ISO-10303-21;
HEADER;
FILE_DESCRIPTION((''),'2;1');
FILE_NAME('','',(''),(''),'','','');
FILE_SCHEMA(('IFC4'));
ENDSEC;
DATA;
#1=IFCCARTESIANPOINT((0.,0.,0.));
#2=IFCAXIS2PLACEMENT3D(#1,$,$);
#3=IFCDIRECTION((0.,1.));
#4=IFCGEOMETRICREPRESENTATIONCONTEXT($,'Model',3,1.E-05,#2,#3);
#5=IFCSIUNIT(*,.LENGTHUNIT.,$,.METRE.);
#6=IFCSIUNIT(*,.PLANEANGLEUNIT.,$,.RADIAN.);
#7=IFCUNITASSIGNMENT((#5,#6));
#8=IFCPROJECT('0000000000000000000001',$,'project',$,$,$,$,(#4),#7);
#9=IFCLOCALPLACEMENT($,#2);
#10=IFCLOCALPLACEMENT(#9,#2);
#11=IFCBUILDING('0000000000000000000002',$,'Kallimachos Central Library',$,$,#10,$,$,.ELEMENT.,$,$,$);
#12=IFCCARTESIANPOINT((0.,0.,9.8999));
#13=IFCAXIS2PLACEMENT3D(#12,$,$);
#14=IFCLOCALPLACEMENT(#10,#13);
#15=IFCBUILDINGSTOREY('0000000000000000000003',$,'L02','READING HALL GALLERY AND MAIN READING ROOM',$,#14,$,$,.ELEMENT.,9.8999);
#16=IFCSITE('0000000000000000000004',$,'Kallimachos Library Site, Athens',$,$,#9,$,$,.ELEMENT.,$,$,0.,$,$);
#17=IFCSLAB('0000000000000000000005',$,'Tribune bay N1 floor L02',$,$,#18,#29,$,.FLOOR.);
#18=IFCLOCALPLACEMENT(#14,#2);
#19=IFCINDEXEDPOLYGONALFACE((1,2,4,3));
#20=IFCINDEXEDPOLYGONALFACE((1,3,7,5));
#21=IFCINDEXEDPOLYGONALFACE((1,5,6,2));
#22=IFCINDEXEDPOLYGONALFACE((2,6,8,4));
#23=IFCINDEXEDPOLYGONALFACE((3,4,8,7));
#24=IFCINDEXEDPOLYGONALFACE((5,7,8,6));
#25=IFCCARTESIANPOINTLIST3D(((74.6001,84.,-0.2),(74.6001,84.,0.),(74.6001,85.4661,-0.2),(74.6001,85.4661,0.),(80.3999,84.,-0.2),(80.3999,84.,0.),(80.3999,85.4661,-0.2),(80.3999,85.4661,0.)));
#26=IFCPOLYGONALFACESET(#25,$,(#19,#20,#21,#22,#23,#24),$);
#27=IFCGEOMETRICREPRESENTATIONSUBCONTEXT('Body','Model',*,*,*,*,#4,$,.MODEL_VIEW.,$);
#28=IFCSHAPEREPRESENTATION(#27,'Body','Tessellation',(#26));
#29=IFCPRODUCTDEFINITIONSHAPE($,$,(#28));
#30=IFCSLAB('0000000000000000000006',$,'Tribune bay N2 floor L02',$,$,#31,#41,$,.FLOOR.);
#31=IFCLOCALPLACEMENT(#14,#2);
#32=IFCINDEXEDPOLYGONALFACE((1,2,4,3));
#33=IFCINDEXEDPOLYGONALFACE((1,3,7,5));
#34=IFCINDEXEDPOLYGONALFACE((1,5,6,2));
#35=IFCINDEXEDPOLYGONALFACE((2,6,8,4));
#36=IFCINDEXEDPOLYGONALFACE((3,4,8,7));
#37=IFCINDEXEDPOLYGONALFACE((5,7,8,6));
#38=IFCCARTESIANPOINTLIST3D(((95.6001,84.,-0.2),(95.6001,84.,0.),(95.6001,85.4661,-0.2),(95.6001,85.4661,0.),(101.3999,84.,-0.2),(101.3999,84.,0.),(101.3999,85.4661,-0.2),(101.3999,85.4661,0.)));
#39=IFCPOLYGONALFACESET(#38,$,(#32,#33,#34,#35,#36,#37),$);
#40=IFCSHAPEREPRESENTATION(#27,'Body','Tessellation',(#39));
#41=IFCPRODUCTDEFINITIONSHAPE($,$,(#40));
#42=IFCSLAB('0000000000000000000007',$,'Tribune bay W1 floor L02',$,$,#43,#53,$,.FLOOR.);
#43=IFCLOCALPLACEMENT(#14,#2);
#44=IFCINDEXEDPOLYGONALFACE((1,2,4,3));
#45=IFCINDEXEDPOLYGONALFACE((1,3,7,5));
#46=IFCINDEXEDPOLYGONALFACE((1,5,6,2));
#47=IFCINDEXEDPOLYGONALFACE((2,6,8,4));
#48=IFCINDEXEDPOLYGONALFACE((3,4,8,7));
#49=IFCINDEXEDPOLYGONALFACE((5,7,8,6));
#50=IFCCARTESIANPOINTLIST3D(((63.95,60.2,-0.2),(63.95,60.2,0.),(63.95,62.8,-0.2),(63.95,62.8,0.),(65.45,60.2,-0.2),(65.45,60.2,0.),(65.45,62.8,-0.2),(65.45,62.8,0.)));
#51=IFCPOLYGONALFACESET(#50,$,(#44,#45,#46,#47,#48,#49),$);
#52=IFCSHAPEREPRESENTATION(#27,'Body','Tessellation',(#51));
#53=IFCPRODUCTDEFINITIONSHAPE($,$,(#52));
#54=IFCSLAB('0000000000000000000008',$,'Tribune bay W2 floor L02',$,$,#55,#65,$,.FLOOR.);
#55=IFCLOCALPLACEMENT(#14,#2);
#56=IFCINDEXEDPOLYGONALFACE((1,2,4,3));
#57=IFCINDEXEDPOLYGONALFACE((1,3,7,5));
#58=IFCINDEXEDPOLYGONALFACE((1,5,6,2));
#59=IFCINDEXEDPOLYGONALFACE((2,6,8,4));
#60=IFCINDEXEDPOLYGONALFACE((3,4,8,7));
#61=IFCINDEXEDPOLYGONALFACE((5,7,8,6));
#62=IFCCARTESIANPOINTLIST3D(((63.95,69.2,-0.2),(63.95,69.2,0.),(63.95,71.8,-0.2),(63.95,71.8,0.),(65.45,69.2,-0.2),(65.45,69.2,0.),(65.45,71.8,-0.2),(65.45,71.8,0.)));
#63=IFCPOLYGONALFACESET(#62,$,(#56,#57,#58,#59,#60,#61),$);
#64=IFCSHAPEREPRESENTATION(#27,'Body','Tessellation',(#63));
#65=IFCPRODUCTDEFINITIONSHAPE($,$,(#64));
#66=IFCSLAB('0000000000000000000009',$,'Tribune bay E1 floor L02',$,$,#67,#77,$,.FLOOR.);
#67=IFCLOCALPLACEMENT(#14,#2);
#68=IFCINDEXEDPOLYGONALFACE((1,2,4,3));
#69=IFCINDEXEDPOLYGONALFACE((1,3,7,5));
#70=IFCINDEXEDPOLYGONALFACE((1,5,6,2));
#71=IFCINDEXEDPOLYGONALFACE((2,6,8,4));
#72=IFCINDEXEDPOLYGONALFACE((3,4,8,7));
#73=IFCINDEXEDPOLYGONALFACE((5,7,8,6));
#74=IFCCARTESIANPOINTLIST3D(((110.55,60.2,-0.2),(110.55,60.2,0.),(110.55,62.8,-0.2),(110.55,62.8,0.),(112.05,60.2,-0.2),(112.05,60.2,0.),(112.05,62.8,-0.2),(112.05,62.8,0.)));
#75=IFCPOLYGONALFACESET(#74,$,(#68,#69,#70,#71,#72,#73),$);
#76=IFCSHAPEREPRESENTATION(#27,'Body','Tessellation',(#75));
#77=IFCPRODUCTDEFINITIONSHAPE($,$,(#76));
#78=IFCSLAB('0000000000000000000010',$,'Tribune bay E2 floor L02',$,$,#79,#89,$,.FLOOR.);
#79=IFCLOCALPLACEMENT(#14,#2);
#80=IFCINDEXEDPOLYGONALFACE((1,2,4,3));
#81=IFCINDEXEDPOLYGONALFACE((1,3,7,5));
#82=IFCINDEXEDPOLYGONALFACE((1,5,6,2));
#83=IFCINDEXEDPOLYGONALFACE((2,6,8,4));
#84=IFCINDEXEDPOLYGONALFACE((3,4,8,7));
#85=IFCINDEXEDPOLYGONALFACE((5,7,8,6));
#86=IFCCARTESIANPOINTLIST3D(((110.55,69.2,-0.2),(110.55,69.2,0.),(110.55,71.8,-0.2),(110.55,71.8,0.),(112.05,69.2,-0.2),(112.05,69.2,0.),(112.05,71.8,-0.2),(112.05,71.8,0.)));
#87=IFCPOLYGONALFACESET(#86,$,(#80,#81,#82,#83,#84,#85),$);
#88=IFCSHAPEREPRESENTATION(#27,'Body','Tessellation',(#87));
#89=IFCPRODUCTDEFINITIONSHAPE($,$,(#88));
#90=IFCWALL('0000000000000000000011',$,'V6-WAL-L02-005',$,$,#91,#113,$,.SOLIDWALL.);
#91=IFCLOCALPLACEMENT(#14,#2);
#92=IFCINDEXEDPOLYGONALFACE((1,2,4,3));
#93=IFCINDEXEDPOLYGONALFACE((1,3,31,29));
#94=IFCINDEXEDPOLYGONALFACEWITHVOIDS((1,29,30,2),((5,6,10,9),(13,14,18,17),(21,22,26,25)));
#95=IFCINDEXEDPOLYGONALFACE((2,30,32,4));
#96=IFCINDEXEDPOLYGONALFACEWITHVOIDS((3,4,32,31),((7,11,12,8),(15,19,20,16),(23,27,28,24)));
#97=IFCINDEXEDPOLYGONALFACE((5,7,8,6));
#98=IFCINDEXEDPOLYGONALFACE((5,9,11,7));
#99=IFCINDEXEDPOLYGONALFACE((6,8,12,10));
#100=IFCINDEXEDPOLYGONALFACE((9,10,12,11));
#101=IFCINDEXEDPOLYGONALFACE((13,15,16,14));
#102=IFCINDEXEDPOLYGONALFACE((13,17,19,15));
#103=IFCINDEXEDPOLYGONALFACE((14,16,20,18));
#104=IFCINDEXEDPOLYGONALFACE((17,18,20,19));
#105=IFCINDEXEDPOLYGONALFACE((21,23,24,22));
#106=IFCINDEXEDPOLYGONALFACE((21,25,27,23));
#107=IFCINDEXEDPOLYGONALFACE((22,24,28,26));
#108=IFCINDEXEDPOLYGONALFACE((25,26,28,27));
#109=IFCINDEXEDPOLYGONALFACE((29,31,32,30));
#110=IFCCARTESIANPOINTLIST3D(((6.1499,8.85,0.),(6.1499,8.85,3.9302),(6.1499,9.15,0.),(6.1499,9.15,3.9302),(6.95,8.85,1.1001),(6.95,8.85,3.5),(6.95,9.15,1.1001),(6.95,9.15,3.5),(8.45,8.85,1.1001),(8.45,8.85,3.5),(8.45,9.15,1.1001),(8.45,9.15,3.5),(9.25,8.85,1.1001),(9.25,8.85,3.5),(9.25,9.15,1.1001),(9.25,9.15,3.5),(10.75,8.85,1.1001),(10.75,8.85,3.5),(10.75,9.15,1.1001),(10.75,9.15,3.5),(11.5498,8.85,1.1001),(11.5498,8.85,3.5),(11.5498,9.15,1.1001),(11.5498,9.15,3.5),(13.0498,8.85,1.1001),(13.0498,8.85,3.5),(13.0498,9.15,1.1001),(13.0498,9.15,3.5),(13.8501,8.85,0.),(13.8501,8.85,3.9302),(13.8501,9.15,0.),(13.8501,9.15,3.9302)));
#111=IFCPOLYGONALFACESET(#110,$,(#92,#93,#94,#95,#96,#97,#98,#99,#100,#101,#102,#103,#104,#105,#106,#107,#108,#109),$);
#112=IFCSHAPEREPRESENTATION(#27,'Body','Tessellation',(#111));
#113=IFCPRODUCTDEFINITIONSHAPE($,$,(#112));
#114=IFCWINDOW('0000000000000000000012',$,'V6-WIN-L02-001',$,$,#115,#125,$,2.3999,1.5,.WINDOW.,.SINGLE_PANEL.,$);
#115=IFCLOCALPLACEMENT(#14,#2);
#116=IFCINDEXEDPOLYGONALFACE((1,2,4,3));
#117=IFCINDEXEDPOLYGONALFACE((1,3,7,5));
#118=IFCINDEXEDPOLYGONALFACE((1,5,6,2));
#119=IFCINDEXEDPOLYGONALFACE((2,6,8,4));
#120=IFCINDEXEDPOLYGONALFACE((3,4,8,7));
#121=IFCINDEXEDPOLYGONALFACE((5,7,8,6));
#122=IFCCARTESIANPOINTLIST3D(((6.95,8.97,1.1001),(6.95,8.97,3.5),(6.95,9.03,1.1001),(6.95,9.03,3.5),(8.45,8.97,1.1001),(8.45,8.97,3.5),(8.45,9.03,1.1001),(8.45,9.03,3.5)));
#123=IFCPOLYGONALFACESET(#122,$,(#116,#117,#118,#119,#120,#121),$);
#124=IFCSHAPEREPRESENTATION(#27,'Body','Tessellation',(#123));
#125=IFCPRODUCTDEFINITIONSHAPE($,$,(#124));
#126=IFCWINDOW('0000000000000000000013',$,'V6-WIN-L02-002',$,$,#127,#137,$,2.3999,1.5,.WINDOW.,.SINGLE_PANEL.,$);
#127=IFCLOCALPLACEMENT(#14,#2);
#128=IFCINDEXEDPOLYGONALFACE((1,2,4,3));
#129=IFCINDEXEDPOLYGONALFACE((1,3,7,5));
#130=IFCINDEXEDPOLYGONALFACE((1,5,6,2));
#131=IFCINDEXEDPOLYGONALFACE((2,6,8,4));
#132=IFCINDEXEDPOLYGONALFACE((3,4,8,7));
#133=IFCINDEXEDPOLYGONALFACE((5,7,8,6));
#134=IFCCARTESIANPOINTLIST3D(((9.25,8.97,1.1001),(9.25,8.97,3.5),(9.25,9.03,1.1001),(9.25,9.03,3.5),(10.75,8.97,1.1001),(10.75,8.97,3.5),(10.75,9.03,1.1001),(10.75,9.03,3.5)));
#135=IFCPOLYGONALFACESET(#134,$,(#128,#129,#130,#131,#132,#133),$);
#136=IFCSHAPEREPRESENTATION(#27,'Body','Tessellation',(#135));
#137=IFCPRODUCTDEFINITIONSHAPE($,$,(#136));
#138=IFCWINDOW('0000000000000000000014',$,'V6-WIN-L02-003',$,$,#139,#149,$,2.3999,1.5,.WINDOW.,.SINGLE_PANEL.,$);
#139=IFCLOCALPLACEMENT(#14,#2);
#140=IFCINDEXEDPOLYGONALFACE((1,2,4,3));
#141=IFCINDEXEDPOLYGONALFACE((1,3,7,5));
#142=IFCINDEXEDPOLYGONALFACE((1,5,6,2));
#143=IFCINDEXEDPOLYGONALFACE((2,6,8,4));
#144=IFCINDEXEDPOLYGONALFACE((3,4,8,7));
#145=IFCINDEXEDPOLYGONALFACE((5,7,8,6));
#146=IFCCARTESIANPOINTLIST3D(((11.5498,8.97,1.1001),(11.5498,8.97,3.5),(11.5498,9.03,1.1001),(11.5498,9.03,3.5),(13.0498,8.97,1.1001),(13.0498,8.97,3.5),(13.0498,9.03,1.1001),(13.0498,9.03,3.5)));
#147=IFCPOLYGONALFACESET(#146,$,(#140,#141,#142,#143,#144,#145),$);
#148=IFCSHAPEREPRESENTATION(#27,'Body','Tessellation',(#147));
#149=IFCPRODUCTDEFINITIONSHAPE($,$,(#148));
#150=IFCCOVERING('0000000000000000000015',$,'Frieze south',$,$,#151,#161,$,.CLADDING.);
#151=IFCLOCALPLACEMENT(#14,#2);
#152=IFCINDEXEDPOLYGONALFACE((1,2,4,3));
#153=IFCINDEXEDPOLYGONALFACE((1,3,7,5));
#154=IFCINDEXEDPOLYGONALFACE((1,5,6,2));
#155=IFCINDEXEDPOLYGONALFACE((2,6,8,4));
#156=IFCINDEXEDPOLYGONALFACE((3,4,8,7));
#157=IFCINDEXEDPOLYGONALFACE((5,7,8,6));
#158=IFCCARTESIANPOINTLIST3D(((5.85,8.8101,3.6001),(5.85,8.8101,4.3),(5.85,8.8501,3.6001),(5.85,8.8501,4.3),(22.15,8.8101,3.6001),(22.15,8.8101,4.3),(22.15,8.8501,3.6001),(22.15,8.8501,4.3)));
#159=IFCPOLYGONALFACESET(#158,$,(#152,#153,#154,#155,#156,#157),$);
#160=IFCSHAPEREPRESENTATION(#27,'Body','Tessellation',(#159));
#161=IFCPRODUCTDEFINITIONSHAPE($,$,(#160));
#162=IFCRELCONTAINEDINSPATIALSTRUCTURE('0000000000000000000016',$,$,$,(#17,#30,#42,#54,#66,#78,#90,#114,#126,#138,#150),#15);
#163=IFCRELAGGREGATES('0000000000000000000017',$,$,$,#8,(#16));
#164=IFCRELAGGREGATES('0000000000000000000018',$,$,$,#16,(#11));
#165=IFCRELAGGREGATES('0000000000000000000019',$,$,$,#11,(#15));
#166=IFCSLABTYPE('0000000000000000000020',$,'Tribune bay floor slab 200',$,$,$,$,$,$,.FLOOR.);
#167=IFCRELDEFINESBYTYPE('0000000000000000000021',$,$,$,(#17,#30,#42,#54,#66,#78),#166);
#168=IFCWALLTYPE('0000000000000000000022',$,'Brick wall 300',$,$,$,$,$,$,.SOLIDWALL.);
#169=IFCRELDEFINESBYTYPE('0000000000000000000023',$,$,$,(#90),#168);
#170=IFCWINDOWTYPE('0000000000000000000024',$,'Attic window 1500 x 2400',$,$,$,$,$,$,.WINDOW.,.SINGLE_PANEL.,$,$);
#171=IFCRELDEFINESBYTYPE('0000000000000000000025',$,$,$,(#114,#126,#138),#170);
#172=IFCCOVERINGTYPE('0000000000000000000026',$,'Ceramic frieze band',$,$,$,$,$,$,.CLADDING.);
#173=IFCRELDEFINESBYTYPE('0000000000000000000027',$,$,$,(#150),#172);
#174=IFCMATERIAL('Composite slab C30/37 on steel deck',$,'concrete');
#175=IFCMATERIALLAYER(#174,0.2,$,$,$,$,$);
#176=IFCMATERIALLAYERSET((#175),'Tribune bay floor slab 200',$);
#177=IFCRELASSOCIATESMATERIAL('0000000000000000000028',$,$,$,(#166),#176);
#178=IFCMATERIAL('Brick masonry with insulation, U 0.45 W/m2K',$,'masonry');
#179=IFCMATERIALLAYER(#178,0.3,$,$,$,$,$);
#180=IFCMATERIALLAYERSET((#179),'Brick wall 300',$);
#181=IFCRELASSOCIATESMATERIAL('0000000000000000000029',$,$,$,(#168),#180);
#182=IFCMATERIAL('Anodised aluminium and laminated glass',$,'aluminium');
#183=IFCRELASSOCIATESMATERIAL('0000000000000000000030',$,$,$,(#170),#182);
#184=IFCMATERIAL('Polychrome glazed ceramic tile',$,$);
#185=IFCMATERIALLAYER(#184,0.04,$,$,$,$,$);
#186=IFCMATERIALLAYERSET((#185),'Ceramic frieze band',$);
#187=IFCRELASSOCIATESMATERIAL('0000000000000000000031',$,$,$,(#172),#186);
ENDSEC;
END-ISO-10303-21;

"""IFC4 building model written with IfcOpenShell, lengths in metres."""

from ifc_helpers import new_model, si_unit, direction, frame, frame_2d, origin, origin_2d, place, context, subcontext, project, spatial, polyline, rectangle, outline, extrude, material, layer, layer_set, type_object, element, fill, save


model = new_model("IFC4")

# Units and contexts
model_context = context("Model", 3, precision=1e-05, world=origin(), true_north=direction((0.0, 1.0)))
body_context = subcontext(model_context, "Body", "Model", "MODEL_VIEW")
ifc_project = project(units=[si_unit("LENGTHUNIT", "METRE"), si_unit("PLANEANGLEUNIT", "RADIAN")], contexts=[model_context])

# Site, building, storey
site_placement = place(None, origin())
site = spatial("IfcSite", under=ifc_project, at=site_placement, Name="Kallimachos Library Site, Athens", CompositionType="ELEMENT", RefElevation=0.0)
building_placement = place(site_placement, origin())
building = spatial("IfcBuilding", under=site, at=building_placement, Name="Kallimachos Central Library", CompositionType="ELEMENT")
storey_placement = place(building_placement, frame((0.0, 0.0, 9.8999)))
storey = spatial("IfcBuildingStorey", under=building, at=storey_placement, Name="L02", Description="READING HALL GALLERY AND MAIN READING ROOM", CompositionType="ELEMENT", Elevation=9.8999)

# Slabs
ifc_material_1 = material(Name="Composite slab C30/37 on steel deck", Category="concrete")
ifc_layer_1 = layer(ifc_material_1, 0.2)
ifc_layer_set_1 = layer_set([ifc_layer_1], Name="Tribune bay floor slab 200")
slab_type_1 = type_object("IfcSlabType", Name="Tribune bay floor slab 200", PredefinedType="FLOOR", material=ifc_layer_set_1)
slab_1_placement = place(storey_placement, frame((0.0, 0.0, -0.2)))
element("IfcSlab", 1, at=slab_1_placement, inside=storey, type_object=slab_type_1, Name="Tribune bay N1 floor L02", PredefinedType="FLOOR", context=body_context, shape_type="SweptSolid", body=[
    extrude(outline(polyline([(74.6001, 85.4661), (80.3999, 85.4661), (80.3999, 84.0), (74.6001, 84.0), (74.6001, 85.4661)])), origin(), (0.0, 0.0, 1.0), 0.2),
])
slab_2_placement = place(storey_placement, frame((0.0, 0.0, -0.2)))
element("IfcSlab", 2, at=slab_2_placement, inside=storey, type_object=slab_type_1, Name="Tribune bay N2 floor L02", PredefinedType="FLOOR", context=body_context, shape_type="SweptSolid", body=[
    extrude(outline(polyline([(95.6001, 85.4661), (101.3999, 85.4661), (101.3999, 84.0), (95.6001, 84.0), (95.6001, 85.4661)])), origin(), (0.0, 0.0, 1.0), 0.2),
])
slab_3_placement = place(storey_placement, frame((0.0, 0.0, -0.2)))
element("IfcSlab", 3, at=slab_3_placement, inside=storey, type_object=slab_type_1, Name="Tribune bay W1 floor L02", PredefinedType="FLOOR", context=body_context, shape_type="SweptSolid", body=[
    extrude(outline(polyline([(65.45, 60.2), (65.45, 62.8), (63.95, 62.8), (63.95, 60.2), (65.45, 60.2)])), origin(), (0.0, 0.0, 1.0), 0.2),
])
slab_4_placement = place(storey_placement, frame((0.0, 0.0, -0.2)))
element("IfcSlab", 4, at=slab_4_placement, inside=storey, type_object=slab_type_1, Name="Tribune bay W2 floor L02", PredefinedType="FLOOR", context=body_context, shape_type="SweptSolid", body=[
    extrude(outline(polyline([(65.45, 69.2), (65.45, 71.8), (63.95, 71.8), (63.95, 69.2), (65.45, 69.2)])), origin(), (0.0, 0.0, 1.0), 0.2),
])
slab_5_placement = place(storey_placement, frame((0.0, 0.0, -0.2)))
element("IfcSlab", 5, at=slab_5_placement, inside=storey, type_object=slab_type_1, Name="Tribune bay E1 floor L02", PredefinedType="FLOOR", context=body_context, shape_type="SweptSolid", body=[
    extrude(outline(polyline([(110.55, 60.2), (110.55, 62.8), (112.05, 62.8), (112.05, 60.2), (110.55, 60.2)])), origin(), (0.0, 0.0, 1.0), 0.2),
])
slab_6_placement = place(storey_placement, frame((0.0, 0.0, -0.2)))
element("IfcSlab", 6, at=slab_6_placement, inside=storey, type_object=slab_type_1, Name="Tribune bay E2 floor L02", PredefinedType="FLOOR", context=body_context, shape_type="SweptSolid", body=[
    extrude(outline(polyline([(110.55, 69.2), (110.55, 71.8), (112.05, 71.8), (112.05, 69.2), (110.55, 69.2)])), origin(), (0.0, 0.0, 1.0), 0.2),
])

# Wall, openings, windows
ifc_material_2 = material(Name="Brick masonry with insulation, U 0.45 W/m2K", Category="masonry")
ifc_layer_2 = layer(ifc_material_2, 0.3)
ifc_layer_set_2 = layer_set([ifc_layer_2], Name="Brick wall 300")
wall_type = type_object("IfcWallType", Name="Brick wall 300", PredefinedType="SOLIDWALL", material=ifc_layer_set_2)
wall_placement = place(storey_placement, frame((6.1499, 9.0, 0.0), z_axis=(0.0, 0.0, 1.0), x_axis=(1.0, 0.0, 0.0)))
wall = element("IfcWall", 7, at=wall_placement, inside=storey, type_object=wall_type, Name="V6-WAL-L02-005", PredefinedType="SOLIDWALL", context=body_context, shape_type="SweptSolid", body=[
    extrude(rectangle(XDim=7.7002, YDim=0.3, at=frame_2d((3.8501, 0.0))), origin(), (0.0, 0.0, 1.0), 3.9302),
])
opening_1_placement = place(wall_placement, frame((0.8, 0.0, 1.1001)))
opening_1 = element("IfcOpeningElement", 8, at=opening_1_placement, cuts=wall, PredefinedType="OPENING", context=body_context, shape_type="SweptSolid", body=[
    extrude(rectangle(XDim=1.5, YDim=2.3999, at=frame_2d((0.75, 1.2))), frame((0.0, 0.1599, 0.0), z_axis=(0.0, -1.0, 0.0), x_axis=(1.0, 0.0, 0.0)), (0.0, 0.0, 1.0), 0.3201),
])
opening_2_placement = place(wall_placement, frame((3.1001, 0.0, 1.1001)))
opening_2 = element("IfcOpeningElement", 9, at=opening_2_placement, cuts=wall, PredefinedType="OPENING", context=body_context, shape_type="SweptSolid", body=[
    extrude(rectangle(XDim=1.5, YDim=2.3999, at=frame_2d((0.75, 1.2))), frame((0.0, 0.1599, 0.0), z_axis=(0.0, -1.0, 0.0), x_axis=(1.0, 0.0, 0.0)), (0.0, 0.0, 1.0), 0.3201),
])
opening_3_placement = place(wall_placement, frame((5.3999, 0.0, 1.1001)))
opening_3 = element("IfcOpeningElement", 10, at=opening_3_placement, cuts=wall, PredefinedType="OPENING", context=body_context, shape_type="SweptSolid", body=[
    extrude(rectangle(XDim=1.5, YDim=2.3999, at=frame_2d((0.75, 1.2))), frame((0.0, 0.1599, 0.0), z_axis=(0.0, -1.0, 0.0), x_axis=(1.0, 0.0, 0.0)), (0.0, 0.0, 1.0), 0.3201),
])
ifc_material_3 = material(Name="Anodised aluminium and laminated glass", Category="aluminium")
window_type = type_object("IfcWindowType", Name="Attic window 1500 x 2400", PartitioningType="SINGLE_PANEL", PredefinedType="WINDOW", material=ifc_material_3)
window_1_placement = place(opening_1_placement, origin())
window_1 = element("IfcWindow", 11, at=window_1_placement, inside=storey, type_object=window_type, Name="V6-WIN-L02-001", OverallHeight=2.3999, OverallWidth=1.5, PartitioningType="SINGLE_PANEL", PredefinedType="WINDOW", context=body_context, shape_type="SweptSolid", body=[
    extrude(rectangle(XDim=1.5, YDim=2.3999, at=frame_2d((0.75, 1.2))), frame((0.0, 0.03, 0.0), z_axis=(0.0, -1.0, 0.0), x_axis=(1.0, 0.0, 0.0)), (0.0, 0.0, 1.0), 0.0601),
])
fill(opening_1, window_1)
window_2_placement = place(opening_2_placement, origin())
window_2 = element("IfcWindow", 12, at=window_2_placement, inside=storey, type_object=window_type, Name="V6-WIN-L02-002", OverallHeight=2.3999, OverallWidth=1.5, PartitioningType="SINGLE_PANEL", PredefinedType="WINDOW", context=body_context, shape_type="SweptSolid", body=[
    extrude(rectangle(XDim=1.5, YDim=2.3999, at=frame_2d((0.75, 1.2))), frame((0.0, 0.03, 0.0), z_axis=(0.0, -1.0, 0.0), x_axis=(1.0, 0.0, 0.0)), (0.0, 0.0, 1.0), 0.0601),
])
fill(opening_2, window_2)
window_3_placement = place(opening_3_placement, origin())
window_3 = element("IfcWindow", 13, at=window_3_placement, inside=storey, type_object=window_type, Name="V6-WIN-L02-003", OverallHeight=2.3999, OverallWidth=1.5, PartitioningType="SINGLE_PANEL", PredefinedType="WINDOW", context=body_context, shape_type="SweptSolid", body=[
    extrude(rectangle(XDim=1.5, YDim=2.3999, at=frame_2d((0.75, 1.2))), frame((0.0, 0.03, 0.0), z_axis=(0.0, -1.0, 0.0), x_axis=(1.0, 0.0, 0.0)), (0.0, 0.0, 1.0), 0.0601),
])
fill(opening_3, window_3)

# Covering
ifc_material_4 = material(Name="Polychrome glazed ceramic tile")
ifc_layer_3 = layer(ifc_material_4, 0.04)
ifc_layer_set_3 = layer_set([ifc_layer_3], Name="Ceramic frieze band")
covering_type = type_object("IfcCoveringType", Name="Ceramic frieze band", PredefinedType="CLADDING", material=ifc_layer_set_3)
covering_placement = place(storey_placement, frame((14.0, 8.8301, 3.6001), z_axis=(0.0, 0.0, 1.0), x_axis=(1.0, 0.0, 0.0)))
element("IfcCovering", 14, at=covering_placement, inside=storey, type_object=covering_type, Name="Frieze south", PredefinedType="CLADDING", context=body_context, shape_type="SweptSolid", body=[
    extrude(rectangle(XDim=16.3, YDim=0.04, at=origin_2d()), origin(), (0.0, 0.0, 1.0), 0.7),
])

save(model, "model.ifc")
